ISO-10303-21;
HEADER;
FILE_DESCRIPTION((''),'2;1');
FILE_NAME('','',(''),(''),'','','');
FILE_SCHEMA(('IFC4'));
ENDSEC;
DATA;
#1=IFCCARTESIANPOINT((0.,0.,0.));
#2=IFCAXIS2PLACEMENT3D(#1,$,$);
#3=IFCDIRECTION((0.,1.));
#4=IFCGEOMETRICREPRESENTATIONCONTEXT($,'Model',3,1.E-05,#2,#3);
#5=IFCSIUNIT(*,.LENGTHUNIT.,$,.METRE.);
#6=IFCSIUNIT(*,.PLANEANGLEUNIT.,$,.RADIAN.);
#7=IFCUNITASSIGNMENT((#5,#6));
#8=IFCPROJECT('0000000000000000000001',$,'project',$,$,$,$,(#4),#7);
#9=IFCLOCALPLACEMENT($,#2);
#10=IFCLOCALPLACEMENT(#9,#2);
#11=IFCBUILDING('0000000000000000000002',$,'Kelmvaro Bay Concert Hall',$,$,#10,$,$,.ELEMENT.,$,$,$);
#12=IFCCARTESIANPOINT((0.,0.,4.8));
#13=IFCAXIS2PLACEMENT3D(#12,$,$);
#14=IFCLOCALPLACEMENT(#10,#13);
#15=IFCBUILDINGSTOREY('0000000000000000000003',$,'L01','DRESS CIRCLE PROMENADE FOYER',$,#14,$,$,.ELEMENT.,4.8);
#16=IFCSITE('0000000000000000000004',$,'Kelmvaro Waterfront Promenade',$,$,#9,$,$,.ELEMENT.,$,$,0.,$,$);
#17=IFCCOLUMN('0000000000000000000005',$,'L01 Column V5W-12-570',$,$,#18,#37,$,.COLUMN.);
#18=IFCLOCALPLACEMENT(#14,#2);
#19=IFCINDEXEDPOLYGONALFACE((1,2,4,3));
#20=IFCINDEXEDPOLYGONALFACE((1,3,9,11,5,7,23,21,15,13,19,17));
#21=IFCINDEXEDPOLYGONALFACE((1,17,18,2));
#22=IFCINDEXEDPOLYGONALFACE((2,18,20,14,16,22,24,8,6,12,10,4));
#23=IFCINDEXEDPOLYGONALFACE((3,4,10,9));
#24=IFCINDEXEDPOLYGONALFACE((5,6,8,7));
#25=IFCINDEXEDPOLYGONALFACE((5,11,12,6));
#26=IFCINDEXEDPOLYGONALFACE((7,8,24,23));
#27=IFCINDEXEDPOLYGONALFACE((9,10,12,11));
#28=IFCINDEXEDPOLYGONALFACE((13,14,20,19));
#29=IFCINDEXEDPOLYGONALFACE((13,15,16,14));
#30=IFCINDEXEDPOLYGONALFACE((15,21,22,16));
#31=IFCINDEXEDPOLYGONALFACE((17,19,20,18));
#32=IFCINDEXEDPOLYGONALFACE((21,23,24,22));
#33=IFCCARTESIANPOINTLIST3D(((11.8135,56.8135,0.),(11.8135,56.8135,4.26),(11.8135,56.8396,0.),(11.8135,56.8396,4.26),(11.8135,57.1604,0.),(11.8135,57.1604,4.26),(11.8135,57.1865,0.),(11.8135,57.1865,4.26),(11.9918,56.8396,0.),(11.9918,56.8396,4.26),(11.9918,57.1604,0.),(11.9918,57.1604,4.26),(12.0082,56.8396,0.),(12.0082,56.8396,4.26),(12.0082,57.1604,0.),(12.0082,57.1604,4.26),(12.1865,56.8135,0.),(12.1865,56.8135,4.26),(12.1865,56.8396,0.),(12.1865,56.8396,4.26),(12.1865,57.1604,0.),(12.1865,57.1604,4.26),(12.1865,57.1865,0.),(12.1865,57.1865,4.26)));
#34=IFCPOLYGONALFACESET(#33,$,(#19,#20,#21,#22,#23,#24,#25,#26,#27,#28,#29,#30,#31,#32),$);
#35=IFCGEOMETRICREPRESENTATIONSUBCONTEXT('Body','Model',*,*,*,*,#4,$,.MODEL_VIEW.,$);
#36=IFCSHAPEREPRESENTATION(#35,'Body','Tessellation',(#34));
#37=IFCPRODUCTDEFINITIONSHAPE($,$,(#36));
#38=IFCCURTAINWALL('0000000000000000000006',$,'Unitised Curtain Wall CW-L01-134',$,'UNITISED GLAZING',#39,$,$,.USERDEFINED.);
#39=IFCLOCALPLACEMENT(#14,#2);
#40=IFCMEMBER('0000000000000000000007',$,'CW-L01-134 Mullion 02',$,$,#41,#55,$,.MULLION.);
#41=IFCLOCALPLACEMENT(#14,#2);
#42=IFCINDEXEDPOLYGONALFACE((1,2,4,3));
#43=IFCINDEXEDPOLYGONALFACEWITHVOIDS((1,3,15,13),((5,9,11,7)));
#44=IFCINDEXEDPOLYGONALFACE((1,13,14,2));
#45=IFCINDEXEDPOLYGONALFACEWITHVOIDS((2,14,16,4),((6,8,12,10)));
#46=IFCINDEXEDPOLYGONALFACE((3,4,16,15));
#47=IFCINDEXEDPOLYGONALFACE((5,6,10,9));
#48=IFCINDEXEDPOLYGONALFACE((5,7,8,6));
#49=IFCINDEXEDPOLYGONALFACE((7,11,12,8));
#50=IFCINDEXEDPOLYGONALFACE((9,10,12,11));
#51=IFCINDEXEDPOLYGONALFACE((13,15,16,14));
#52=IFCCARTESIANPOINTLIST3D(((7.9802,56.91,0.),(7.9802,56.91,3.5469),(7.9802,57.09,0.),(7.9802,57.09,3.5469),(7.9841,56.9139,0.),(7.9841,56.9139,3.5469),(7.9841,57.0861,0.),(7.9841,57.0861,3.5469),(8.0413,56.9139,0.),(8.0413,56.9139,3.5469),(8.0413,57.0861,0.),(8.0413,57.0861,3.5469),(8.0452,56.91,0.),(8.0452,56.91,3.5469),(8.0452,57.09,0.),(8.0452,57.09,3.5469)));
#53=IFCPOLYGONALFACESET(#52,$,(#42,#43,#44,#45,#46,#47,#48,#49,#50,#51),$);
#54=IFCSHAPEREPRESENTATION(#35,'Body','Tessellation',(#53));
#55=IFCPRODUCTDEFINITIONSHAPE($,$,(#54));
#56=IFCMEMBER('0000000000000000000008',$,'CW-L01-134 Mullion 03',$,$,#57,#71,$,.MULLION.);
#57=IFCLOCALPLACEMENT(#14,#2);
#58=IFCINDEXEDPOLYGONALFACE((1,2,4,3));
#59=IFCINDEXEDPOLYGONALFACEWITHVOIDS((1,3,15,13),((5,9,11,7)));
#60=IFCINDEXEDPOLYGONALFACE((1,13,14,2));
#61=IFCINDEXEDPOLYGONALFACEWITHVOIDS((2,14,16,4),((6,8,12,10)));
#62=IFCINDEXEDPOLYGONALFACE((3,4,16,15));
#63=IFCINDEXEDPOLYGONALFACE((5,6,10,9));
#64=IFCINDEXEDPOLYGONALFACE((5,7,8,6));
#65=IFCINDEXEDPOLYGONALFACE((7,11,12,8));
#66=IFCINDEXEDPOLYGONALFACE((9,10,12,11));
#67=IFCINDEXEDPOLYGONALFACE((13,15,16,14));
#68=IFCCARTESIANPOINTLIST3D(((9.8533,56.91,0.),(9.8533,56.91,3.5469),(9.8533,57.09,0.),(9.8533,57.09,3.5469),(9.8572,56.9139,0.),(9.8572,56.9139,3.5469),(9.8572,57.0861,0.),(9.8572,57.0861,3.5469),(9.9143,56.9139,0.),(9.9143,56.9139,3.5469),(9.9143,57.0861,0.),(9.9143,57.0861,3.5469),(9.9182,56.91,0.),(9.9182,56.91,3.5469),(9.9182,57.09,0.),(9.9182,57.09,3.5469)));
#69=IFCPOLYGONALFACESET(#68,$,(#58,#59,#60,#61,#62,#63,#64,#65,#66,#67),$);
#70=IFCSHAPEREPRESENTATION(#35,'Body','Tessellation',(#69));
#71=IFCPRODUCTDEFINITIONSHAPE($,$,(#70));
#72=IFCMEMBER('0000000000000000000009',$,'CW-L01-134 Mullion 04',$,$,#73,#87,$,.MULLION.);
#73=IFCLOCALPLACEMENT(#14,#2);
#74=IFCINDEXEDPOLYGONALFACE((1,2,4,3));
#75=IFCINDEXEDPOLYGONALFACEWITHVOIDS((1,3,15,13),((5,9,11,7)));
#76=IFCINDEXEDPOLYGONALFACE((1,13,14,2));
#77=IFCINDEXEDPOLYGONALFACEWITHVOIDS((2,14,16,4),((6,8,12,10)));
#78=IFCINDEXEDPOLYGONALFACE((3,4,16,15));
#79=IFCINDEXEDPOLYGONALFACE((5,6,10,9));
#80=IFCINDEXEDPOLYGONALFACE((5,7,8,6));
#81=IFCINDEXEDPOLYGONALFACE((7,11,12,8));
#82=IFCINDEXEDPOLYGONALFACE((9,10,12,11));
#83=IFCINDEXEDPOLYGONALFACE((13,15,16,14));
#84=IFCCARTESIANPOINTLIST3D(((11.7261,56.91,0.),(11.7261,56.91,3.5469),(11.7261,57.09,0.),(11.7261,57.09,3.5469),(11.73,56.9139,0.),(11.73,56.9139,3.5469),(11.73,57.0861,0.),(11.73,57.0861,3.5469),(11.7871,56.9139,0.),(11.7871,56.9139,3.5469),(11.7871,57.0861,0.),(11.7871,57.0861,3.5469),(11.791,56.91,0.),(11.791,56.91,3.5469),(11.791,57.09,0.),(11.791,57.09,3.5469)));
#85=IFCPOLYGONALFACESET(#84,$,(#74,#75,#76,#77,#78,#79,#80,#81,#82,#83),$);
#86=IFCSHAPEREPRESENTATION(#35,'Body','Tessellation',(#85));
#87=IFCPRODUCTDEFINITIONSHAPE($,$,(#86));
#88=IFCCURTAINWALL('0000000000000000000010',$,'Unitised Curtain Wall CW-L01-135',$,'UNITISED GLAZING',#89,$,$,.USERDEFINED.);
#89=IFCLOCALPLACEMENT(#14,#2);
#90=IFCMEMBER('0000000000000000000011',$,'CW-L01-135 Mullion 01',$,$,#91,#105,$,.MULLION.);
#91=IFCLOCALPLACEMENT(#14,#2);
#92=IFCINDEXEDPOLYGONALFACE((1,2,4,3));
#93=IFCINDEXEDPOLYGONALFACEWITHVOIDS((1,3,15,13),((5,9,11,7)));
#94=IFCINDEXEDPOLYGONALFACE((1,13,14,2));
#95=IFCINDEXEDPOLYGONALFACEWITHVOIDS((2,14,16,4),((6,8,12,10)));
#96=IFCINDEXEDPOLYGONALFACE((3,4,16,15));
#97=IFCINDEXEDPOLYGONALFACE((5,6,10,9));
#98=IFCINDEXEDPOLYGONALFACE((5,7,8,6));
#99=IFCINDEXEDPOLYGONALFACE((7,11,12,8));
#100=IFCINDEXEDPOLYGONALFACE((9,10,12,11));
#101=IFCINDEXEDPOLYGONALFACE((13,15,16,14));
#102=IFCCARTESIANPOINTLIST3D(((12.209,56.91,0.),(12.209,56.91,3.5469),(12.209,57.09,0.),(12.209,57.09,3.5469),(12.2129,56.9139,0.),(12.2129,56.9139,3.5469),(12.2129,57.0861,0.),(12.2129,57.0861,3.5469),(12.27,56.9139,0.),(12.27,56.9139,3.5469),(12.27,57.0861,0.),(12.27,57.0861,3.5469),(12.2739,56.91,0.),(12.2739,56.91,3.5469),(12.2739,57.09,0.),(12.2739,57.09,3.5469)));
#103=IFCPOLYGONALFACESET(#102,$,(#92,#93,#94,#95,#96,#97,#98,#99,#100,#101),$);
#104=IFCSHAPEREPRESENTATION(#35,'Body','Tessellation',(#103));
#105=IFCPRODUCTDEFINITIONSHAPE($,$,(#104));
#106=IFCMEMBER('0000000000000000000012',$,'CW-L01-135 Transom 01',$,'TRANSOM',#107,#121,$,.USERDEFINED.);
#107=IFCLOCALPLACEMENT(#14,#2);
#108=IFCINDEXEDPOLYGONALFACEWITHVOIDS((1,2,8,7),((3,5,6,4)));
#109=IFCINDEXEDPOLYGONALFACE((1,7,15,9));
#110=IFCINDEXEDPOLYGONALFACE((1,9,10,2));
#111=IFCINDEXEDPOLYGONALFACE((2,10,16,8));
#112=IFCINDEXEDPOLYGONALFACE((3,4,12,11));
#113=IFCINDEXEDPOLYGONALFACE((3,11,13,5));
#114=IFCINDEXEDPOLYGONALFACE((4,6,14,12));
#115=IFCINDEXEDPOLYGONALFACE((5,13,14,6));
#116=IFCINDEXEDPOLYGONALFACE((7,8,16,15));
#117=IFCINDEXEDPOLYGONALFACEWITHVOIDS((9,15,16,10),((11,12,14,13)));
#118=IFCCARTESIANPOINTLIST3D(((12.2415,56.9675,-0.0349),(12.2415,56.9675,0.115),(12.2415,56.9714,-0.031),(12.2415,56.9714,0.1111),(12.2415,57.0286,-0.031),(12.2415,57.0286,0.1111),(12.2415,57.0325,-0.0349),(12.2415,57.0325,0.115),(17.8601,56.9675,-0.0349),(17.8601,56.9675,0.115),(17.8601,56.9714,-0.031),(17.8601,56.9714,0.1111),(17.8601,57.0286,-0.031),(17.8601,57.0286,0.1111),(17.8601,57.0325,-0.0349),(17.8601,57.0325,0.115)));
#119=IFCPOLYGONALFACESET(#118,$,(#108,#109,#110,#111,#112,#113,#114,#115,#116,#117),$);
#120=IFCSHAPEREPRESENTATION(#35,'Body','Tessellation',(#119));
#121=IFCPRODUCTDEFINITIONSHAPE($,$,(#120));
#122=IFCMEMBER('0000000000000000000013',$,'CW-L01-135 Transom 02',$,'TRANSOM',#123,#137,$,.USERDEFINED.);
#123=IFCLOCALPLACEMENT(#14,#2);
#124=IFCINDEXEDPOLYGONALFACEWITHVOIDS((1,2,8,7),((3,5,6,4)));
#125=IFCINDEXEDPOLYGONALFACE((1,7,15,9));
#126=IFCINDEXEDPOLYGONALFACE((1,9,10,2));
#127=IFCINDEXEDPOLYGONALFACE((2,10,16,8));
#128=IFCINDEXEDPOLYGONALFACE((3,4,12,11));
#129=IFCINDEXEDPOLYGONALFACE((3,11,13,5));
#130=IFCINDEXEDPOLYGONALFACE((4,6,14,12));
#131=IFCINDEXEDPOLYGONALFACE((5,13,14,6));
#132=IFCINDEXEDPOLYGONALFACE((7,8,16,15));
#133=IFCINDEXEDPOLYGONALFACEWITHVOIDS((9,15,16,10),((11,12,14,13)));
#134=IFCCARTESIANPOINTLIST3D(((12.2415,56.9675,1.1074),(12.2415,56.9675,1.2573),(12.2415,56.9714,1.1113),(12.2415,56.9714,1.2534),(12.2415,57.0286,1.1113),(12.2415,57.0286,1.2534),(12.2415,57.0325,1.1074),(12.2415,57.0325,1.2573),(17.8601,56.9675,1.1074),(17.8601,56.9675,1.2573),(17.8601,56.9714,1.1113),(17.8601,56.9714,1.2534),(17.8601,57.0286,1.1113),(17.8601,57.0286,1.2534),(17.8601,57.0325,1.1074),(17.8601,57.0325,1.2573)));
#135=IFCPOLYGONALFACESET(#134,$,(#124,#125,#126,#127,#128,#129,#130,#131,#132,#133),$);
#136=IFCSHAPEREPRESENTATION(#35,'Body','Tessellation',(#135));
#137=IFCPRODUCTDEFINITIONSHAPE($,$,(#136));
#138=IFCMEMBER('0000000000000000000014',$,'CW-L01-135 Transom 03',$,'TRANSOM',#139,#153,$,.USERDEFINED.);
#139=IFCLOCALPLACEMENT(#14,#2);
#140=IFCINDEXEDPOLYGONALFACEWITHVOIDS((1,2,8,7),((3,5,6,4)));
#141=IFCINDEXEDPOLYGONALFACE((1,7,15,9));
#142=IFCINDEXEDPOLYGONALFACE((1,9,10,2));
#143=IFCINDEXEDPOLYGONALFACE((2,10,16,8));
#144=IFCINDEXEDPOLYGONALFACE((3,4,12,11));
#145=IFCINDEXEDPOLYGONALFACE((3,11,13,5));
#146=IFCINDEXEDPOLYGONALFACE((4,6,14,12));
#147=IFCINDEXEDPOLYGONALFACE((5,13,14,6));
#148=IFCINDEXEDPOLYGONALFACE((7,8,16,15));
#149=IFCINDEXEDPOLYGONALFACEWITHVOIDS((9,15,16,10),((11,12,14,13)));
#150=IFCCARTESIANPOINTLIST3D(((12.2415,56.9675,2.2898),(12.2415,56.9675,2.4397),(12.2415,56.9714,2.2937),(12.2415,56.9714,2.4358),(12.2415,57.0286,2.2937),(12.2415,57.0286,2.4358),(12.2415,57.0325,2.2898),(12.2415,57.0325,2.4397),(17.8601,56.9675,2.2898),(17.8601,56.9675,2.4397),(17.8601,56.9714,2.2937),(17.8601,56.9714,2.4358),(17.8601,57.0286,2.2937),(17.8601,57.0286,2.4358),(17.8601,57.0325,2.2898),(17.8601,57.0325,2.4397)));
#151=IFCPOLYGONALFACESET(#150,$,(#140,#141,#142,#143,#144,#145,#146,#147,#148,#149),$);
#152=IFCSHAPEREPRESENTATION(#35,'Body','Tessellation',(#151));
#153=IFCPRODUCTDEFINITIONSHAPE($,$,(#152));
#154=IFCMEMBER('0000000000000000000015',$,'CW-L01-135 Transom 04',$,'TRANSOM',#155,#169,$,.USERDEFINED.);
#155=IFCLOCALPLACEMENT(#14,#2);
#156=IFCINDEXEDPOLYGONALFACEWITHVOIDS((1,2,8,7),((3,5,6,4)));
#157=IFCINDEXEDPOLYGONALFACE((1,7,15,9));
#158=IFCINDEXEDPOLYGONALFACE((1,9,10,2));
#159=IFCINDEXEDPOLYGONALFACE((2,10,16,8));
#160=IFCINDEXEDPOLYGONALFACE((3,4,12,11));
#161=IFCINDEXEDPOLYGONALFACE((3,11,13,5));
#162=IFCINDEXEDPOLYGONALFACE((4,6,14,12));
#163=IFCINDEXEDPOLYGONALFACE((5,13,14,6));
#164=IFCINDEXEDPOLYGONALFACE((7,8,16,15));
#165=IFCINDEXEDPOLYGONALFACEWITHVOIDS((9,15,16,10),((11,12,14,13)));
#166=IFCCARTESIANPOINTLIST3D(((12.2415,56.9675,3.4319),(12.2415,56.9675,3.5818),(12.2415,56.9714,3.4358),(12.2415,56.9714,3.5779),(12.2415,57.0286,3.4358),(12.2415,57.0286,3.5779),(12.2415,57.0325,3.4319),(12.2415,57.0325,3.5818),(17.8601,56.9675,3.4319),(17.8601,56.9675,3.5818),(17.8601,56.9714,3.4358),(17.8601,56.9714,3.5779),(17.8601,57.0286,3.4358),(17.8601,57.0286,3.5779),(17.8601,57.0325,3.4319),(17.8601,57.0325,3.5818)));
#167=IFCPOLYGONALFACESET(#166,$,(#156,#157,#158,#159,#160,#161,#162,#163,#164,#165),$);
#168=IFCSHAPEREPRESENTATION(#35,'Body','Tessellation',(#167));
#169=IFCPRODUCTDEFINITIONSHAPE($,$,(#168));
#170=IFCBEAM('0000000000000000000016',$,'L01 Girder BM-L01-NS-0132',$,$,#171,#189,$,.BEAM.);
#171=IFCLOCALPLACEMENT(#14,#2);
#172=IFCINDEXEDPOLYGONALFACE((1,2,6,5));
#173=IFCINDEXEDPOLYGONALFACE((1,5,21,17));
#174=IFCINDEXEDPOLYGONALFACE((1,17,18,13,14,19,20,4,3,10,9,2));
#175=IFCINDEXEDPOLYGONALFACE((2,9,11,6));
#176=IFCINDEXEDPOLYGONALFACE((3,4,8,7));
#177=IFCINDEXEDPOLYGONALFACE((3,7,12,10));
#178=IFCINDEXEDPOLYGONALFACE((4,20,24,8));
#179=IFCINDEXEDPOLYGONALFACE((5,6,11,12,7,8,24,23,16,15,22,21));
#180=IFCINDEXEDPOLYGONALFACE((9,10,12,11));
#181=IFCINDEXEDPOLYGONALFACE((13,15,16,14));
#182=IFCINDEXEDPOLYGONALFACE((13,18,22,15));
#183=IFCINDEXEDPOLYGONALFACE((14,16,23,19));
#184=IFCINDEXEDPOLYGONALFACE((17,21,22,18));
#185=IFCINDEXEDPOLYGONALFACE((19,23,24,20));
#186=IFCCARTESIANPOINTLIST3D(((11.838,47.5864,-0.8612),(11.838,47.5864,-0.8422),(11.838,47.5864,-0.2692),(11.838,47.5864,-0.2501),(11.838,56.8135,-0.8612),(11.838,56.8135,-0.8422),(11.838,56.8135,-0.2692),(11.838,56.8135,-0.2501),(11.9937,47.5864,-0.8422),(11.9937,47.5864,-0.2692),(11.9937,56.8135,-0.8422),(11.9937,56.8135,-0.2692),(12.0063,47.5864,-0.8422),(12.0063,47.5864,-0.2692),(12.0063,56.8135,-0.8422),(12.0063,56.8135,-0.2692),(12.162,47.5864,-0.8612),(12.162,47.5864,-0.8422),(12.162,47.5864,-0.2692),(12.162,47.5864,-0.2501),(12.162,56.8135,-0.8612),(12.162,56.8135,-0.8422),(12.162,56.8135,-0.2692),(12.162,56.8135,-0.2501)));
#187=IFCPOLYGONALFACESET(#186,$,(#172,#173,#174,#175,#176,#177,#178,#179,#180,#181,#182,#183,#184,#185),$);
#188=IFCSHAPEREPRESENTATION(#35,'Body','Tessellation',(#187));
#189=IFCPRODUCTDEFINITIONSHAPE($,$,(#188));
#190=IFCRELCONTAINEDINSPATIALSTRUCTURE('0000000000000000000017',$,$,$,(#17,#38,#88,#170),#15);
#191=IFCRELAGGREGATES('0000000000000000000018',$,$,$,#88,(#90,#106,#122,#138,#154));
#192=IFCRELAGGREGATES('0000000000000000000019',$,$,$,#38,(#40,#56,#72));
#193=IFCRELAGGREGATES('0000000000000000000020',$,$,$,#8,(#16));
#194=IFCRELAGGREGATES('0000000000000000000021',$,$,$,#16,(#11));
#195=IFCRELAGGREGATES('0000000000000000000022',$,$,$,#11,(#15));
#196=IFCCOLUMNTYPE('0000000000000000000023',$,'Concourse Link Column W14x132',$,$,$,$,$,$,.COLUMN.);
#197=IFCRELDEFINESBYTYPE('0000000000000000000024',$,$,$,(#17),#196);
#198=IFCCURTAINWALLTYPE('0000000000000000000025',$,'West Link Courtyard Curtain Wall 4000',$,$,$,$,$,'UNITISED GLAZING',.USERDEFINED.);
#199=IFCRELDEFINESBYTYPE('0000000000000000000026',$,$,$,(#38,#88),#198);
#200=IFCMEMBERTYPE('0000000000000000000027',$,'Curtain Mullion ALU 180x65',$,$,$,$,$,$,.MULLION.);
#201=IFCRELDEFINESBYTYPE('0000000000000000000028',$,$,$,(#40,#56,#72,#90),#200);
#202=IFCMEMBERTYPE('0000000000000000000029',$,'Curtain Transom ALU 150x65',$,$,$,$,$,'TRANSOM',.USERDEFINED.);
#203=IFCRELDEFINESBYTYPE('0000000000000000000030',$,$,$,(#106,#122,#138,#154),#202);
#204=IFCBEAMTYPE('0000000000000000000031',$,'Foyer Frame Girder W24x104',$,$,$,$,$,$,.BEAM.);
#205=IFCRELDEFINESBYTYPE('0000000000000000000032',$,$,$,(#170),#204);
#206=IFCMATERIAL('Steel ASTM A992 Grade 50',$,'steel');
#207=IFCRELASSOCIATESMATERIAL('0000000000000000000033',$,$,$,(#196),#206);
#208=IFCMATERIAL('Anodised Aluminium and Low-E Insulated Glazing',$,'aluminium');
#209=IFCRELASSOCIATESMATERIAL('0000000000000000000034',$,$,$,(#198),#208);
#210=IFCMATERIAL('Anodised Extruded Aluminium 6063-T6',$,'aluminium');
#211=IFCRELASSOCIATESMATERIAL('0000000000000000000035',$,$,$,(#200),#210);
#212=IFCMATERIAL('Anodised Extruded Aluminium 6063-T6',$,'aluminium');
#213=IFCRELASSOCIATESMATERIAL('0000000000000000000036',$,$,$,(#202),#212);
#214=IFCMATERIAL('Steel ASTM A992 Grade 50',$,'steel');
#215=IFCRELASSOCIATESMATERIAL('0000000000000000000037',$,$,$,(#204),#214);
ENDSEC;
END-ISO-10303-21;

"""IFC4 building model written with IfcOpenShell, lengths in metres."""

from ifc_helpers import new_model, si_unit, direction, frame, origin, origin_2d, place, context, subcontext, project, spatial, hollow_rectangle, i_section, extrude, material, material_profile, profile_set, type_object, element, aggregate, save


model = new_model("IFC4")

# Units and contexts
model_context = context("Model", 3, precision=1e-05, world=origin(), true_north=direction((0.0, 1.0)))
body_context = subcontext(model_context, "Body", "Model", "MODEL_VIEW")
ifc_project = project(units=[si_unit("LENGTHUNIT", "METRE"), si_unit("PLANEANGLEUNIT", "RADIAN")], contexts=[model_context])

# Site, building, storey
site_placement = place(None, origin())
site = spatial("IfcSite", under=ifc_project, at=site_placement, Name="Kelmvaro Waterfront Promenade", CompositionType="ELEMENT", RefElevation=0.0)
building_placement = place(site_placement, origin())
building = spatial("IfcBuilding", under=site, at=building_placement, Name="Kelmvaro Bay Concert Hall", CompositionType="ELEMENT")
storey_placement = place(building_placement, frame((0.0, 0.0, 4.8)))
storey = spatial("IfcBuildingStorey", under=building, at=storey_placement, Name="L01", Description="DRESS CIRCLE PROMENADE FOYER", CompositionType="ELEMENT", Elevation=4.8)

# Column
ifc_material_1 = material(Name="Steel ASTM A992 Grade 50", Category="steel")
ifc_material_profile_1 = material_profile(ifc_material_1, i_section(OverallWidth=0.373, OverallDepth=0.373, WebThickness=0.0164, FlangeThickness=0.0261, at=origin_2d()), Name="W14X132")
ifc_profile_set_1 = profile_set([ifc_material_profile_1], Name="Steel ASTM A992 Grade 50")
column_type = type_object("IfcColumnType", Name="Concourse Link Column W14x132", PredefinedType="COLUMN", material=ifc_profile_set_1)
column_placement = place(storey_placement, frame((12.0, 57.0, 0.0), z_axis=(0.0, 0.0, 1.0), x_axis=(1.0, 0.0, 0.0)))
element("IfcColumn", 1, at=column_placement, inside=storey, type_object=column_type, Name="L01 Column V5W-12-570", PredefinedType="COLUMN", context=body_context, shape_type="SweptSolid", body=[
    extrude(i_section(OverallWidth=0.373, OverallDepth=0.373, WebThickness=0.0164, FlangeThickness=0.0261, at=origin_2d()), origin(), (0.0, 0.0, 1.0), 4.26),
])

# Curtain walls, members
ifc_material_2 = material(Name="Anodised Aluminium and Low-E Insulated Glazing", Category="aluminium")
curtain_wall_type = type_object("IfcCurtainWallType", Name="West Link Courtyard Curtain Wall 4000", ElementType="UNITISED GLAZING", PredefinedType="USERDEFINED", material=ifc_material_2)
curtain_wall_1_placement = place(storey_placement, origin())
curtain_wall_1 = element("IfcCurtainWall", 2, at=curtain_wall_1_placement, inside=storey, type_object=curtain_wall_type, Name="Unitised Curtain Wall CW-L01-134", ObjectType="UNITISED GLAZING", PredefinedType="USERDEFINED")
ifc_material_3 = material(Name="Anodised Extruded Aluminium 6063-T6", Category="aluminium")
ifc_material_profile_2 = material_profile(ifc_material_3, hollow_rectangle(XDim=0.0649, YDim=0.1799, WallThickness=0.0039, at=origin_2d()), Name="ALU-MUL-180X65")
ifc_profile_set_2 = profile_set([ifc_material_profile_2], Name="Anodised Extruded Aluminium 6063-T6")
member_type_1 = type_object("IfcMemberType", Name="Curtain Mullion ALU 180x65", PredefinedType="MULLION", material=ifc_profile_set_2)
member_1_placement = place(storey_placement, frame((8.0127, 57.0, 0.0), z_axis=(0.0, 0.0, 1.0), x_axis=(1.0, 0.0, 0.0)))
member_1 = element("IfcMember", 3, at=member_1_placement, type_object=member_type_1, Name="CW-L01-134 Mullion 02", PredefinedType="MULLION", context=body_context, shape_type="SweptSolid", body=[
    extrude(hollow_rectangle(XDim=0.0649, YDim=0.1799, WallThickness=0.0039, at=origin_2d()), origin(), (0.0, 0.0, 1.0), 3.5469),
])
member_2_placement = place(storey_placement, frame((9.8857, 57.0, 0.0), z_axis=(0.0, 0.0, 1.0), x_axis=(1.0, 0.0, 0.0)))
member_2 = element("IfcMember", 4, at=member_2_placement, type_object=member_type_1, Name="CW-L01-134 Mullion 03", PredefinedType="MULLION", context=body_context, shape_type="SweptSolid", body=[
    extrude(hollow_rectangle(XDim=0.0649, YDim=0.1799, WallThickness=0.0039, at=origin_2d()), origin(), (0.0, 0.0, 1.0), 3.5469),
])
member_3_placement = place(storey_placement, frame((11.7585, 57.0, 0.0), z_axis=(0.0, 0.0, 1.0), x_axis=(1.0, 0.0, 0.0)))
member_3 = element("IfcMember", 5, at=member_3_placement, type_object=member_type_1, Name="CW-L01-134 Mullion 04", PredefinedType="MULLION", context=body_context, shape_type="SweptSolid", body=[
    extrude(hollow_rectangle(XDim=0.0649, YDim=0.1799, WallThickness=0.0039, at=origin_2d()), origin(), (0.0, 0.0, 1.0), 3.5469),
])
curtain_wall_2_placement = place(storey_placement, origin())
curtain_wall_2 = element("IfcCurtainWall", 6, at=curtain_wall_2_placement, inside=storey, type_object=curtain_wall_type, Name="Unitised Curtain Wall CW-L01-135", ObjectType="UNITISED GLAZING", PredefinedType="USERDEFINED")
member_4_placement = place(storey_placement, frame((12.2415, 57.0, 0.0), z_axis=(0.0, 0.0, 1.0), x_axis=(1.0, 0.0, 0.0)))
member_4 = element("IfcMember", 7, at=member_4_placement, type_object=member_type_1, Name="CW-L01-135 Mullion 01", PredefinedType="MULLION", context=body_context, shape_type="SweptSolid", body=[
    extrude(hollow_rectangle(XDim=0.0649, YDim=0.1799, WallThickness=0.0039, at=origin_2d()), origin(), (0.0, 0.0, 1.0), 3.5469),
])
ifc_material_4 = material(Name="Anodised Extruded Aluminium 6063-T6", Category="aluminium")
ifc_material_profile_3 = material_profile(ifc_material_4, hollow_rectangle(XDim=0.0649, YDim=0.1499, WallThickness=0.0039, at=origin_2d()), Name="ALU-TRN-150X65")
ifc_profile_set_3 = profile_set([ifc_material_profile_3], Name="Anodised Extruded Aluminium 6063-T6")
member_type_2 = type_object("IfcMemberType", Name="Curtain Transom ALU 150x65", ElementType="TRANSOM", PredefinedType="USERDEFINED", material=ifc_profile_set_3)
member_5_placement = place(storey_placement, frame((12.2415, 57.0, 0.04), z_axis=(1.0, 0.0, 0.0), x_axis=(0.0, 1.0, 0.0)))
member_5 = element("IfcMember", 8, at=member_5_placement, type_object=member_type_2, Name="CW-L01-135 Transom 01", ObjectType="TRANSOM", PredefinedType="USERDEFINED", context=body_context, shape_type="SweptSolid", body=[
    extrude(hollow_rectangle(XDim=0.0649, YDim=0.1499, WallThickness=0.0039, at=origin_2d()), origin(), (0.0, 0.0, 1.0), 5.6187),
])
member_6_placement = place(storey_placement, frame((12.2415, 57.0, 1.1824), z_axis=(1.0, 0.0, 0.0), x_axis=(0.0, 1.0, 0.0)))
member_6 = element("IfcMember", 9, at=member_6_placement, type_object=member_type_2, Name="CW-L01-135 Transom 02", ObjectType="TRANSOM", PredefinedType="USERDEFINED", context=body_context, shape_type="SweptSolid", body=[
    extrude(hollow_rectangle(XDim=0.0649, YDim=0.1499, WallThickness=0.0039, at=origin_2d()), origin(), (0.0, 0.0, 1.0), 5.6187),
])
member_7_placement = place(storey_placement, frame((12.2415, 57.0, 2.3647), z_axis=(1.0, 0.0, 0.0), x_axis=(0.0, 1.0, 0.0)))
member_7 = element("IfcMember", 10, at=member_7_placement, type_object=member_type_2, Name="CW-L01-135 Transom 03", ObjectType="TRANSOM", PredefinedType="USERDEFINED", context=body_context, shape_type="SweptSolid", body=[
    extrude(hollow_rectangle(XDim=0.0649, YDim=0.1499, WallThickness=0.0039, at=origin_2d()), origin(), (0.0, 0.0, 1.0), 5.6187),
])
member_8_placement = place(storey_placement, frame((12.2415, 57.0, 3.5068), z_axis=(1.0, 0.0, 0.0), x_axis=(0.0, 1.0, 0.0)))
member_8 = element("IfcMember", 11, at=member_8_placement, type_object=member_type_2, Name="CW-L01-135 Transom 04", ObjectType="TRANSOM", PredefinedType="USERDEFINED", context=body_context, shape_type="SweptSolid", body=[
    extrude(hollow_rectangle(XDim=0.0649, YDim=0.1499, WallThickness=0.0039, at=origin_2d()), origin(), (0.0, 0.0, 1.0), 5.6187),
])
aggregate(curtain_wall_2, [member_4, member_5, member_6, member_7, member_8])

# Beam
ifc_material_5 = material(Name="Steel ASTM A992 Grade 50", Category="steel")
ifc_material_profile_4 = material_profile(ifc_material_5, i_section(OverallWidth=0.324, OverallDepth=0.6111, WebThickness=0.0127, FlangeThickness=0.019, at=origin_2d()), Name="W24X104")
ifc_profile_set_4 = profile_set([ifc_material_profile_4], Name="Steel ASTM A992 Grade 50")
beam_type_1 = type_object("IfcBeamType", Name="Foyer Frame Girder W24x104", PredefinedType="BEAM", material=ifc_profile_set_4)
beam_1_placement = place(storey_placement, frame((12.0, 47.5864, -0.5557), z_axis=(0.0, 1.0, 0.0), x_axis=(-1.0, 0.0, 0.0)))
element("IfcBeam", 12, at=beam_1_placement, inside=storey, type_object=beam_type_1, Name="L01 Girder BM-L01-NS-0132", PredefinedType="BEAM", context=body_context, shape_type="SweptSolid", body=[
    extrude(i_section(OverallWidth=0.324, OverallDepth=0.6111, WebThickness=0.0127, FlangeThickness=0.019, at=origin_2d()), origin(), (0.0, 0.0, 1.0), 9.2271),
])

aggregate(curtain_wall_1, [member_1, member_2, member_3])

save(model, "model.ifc")
